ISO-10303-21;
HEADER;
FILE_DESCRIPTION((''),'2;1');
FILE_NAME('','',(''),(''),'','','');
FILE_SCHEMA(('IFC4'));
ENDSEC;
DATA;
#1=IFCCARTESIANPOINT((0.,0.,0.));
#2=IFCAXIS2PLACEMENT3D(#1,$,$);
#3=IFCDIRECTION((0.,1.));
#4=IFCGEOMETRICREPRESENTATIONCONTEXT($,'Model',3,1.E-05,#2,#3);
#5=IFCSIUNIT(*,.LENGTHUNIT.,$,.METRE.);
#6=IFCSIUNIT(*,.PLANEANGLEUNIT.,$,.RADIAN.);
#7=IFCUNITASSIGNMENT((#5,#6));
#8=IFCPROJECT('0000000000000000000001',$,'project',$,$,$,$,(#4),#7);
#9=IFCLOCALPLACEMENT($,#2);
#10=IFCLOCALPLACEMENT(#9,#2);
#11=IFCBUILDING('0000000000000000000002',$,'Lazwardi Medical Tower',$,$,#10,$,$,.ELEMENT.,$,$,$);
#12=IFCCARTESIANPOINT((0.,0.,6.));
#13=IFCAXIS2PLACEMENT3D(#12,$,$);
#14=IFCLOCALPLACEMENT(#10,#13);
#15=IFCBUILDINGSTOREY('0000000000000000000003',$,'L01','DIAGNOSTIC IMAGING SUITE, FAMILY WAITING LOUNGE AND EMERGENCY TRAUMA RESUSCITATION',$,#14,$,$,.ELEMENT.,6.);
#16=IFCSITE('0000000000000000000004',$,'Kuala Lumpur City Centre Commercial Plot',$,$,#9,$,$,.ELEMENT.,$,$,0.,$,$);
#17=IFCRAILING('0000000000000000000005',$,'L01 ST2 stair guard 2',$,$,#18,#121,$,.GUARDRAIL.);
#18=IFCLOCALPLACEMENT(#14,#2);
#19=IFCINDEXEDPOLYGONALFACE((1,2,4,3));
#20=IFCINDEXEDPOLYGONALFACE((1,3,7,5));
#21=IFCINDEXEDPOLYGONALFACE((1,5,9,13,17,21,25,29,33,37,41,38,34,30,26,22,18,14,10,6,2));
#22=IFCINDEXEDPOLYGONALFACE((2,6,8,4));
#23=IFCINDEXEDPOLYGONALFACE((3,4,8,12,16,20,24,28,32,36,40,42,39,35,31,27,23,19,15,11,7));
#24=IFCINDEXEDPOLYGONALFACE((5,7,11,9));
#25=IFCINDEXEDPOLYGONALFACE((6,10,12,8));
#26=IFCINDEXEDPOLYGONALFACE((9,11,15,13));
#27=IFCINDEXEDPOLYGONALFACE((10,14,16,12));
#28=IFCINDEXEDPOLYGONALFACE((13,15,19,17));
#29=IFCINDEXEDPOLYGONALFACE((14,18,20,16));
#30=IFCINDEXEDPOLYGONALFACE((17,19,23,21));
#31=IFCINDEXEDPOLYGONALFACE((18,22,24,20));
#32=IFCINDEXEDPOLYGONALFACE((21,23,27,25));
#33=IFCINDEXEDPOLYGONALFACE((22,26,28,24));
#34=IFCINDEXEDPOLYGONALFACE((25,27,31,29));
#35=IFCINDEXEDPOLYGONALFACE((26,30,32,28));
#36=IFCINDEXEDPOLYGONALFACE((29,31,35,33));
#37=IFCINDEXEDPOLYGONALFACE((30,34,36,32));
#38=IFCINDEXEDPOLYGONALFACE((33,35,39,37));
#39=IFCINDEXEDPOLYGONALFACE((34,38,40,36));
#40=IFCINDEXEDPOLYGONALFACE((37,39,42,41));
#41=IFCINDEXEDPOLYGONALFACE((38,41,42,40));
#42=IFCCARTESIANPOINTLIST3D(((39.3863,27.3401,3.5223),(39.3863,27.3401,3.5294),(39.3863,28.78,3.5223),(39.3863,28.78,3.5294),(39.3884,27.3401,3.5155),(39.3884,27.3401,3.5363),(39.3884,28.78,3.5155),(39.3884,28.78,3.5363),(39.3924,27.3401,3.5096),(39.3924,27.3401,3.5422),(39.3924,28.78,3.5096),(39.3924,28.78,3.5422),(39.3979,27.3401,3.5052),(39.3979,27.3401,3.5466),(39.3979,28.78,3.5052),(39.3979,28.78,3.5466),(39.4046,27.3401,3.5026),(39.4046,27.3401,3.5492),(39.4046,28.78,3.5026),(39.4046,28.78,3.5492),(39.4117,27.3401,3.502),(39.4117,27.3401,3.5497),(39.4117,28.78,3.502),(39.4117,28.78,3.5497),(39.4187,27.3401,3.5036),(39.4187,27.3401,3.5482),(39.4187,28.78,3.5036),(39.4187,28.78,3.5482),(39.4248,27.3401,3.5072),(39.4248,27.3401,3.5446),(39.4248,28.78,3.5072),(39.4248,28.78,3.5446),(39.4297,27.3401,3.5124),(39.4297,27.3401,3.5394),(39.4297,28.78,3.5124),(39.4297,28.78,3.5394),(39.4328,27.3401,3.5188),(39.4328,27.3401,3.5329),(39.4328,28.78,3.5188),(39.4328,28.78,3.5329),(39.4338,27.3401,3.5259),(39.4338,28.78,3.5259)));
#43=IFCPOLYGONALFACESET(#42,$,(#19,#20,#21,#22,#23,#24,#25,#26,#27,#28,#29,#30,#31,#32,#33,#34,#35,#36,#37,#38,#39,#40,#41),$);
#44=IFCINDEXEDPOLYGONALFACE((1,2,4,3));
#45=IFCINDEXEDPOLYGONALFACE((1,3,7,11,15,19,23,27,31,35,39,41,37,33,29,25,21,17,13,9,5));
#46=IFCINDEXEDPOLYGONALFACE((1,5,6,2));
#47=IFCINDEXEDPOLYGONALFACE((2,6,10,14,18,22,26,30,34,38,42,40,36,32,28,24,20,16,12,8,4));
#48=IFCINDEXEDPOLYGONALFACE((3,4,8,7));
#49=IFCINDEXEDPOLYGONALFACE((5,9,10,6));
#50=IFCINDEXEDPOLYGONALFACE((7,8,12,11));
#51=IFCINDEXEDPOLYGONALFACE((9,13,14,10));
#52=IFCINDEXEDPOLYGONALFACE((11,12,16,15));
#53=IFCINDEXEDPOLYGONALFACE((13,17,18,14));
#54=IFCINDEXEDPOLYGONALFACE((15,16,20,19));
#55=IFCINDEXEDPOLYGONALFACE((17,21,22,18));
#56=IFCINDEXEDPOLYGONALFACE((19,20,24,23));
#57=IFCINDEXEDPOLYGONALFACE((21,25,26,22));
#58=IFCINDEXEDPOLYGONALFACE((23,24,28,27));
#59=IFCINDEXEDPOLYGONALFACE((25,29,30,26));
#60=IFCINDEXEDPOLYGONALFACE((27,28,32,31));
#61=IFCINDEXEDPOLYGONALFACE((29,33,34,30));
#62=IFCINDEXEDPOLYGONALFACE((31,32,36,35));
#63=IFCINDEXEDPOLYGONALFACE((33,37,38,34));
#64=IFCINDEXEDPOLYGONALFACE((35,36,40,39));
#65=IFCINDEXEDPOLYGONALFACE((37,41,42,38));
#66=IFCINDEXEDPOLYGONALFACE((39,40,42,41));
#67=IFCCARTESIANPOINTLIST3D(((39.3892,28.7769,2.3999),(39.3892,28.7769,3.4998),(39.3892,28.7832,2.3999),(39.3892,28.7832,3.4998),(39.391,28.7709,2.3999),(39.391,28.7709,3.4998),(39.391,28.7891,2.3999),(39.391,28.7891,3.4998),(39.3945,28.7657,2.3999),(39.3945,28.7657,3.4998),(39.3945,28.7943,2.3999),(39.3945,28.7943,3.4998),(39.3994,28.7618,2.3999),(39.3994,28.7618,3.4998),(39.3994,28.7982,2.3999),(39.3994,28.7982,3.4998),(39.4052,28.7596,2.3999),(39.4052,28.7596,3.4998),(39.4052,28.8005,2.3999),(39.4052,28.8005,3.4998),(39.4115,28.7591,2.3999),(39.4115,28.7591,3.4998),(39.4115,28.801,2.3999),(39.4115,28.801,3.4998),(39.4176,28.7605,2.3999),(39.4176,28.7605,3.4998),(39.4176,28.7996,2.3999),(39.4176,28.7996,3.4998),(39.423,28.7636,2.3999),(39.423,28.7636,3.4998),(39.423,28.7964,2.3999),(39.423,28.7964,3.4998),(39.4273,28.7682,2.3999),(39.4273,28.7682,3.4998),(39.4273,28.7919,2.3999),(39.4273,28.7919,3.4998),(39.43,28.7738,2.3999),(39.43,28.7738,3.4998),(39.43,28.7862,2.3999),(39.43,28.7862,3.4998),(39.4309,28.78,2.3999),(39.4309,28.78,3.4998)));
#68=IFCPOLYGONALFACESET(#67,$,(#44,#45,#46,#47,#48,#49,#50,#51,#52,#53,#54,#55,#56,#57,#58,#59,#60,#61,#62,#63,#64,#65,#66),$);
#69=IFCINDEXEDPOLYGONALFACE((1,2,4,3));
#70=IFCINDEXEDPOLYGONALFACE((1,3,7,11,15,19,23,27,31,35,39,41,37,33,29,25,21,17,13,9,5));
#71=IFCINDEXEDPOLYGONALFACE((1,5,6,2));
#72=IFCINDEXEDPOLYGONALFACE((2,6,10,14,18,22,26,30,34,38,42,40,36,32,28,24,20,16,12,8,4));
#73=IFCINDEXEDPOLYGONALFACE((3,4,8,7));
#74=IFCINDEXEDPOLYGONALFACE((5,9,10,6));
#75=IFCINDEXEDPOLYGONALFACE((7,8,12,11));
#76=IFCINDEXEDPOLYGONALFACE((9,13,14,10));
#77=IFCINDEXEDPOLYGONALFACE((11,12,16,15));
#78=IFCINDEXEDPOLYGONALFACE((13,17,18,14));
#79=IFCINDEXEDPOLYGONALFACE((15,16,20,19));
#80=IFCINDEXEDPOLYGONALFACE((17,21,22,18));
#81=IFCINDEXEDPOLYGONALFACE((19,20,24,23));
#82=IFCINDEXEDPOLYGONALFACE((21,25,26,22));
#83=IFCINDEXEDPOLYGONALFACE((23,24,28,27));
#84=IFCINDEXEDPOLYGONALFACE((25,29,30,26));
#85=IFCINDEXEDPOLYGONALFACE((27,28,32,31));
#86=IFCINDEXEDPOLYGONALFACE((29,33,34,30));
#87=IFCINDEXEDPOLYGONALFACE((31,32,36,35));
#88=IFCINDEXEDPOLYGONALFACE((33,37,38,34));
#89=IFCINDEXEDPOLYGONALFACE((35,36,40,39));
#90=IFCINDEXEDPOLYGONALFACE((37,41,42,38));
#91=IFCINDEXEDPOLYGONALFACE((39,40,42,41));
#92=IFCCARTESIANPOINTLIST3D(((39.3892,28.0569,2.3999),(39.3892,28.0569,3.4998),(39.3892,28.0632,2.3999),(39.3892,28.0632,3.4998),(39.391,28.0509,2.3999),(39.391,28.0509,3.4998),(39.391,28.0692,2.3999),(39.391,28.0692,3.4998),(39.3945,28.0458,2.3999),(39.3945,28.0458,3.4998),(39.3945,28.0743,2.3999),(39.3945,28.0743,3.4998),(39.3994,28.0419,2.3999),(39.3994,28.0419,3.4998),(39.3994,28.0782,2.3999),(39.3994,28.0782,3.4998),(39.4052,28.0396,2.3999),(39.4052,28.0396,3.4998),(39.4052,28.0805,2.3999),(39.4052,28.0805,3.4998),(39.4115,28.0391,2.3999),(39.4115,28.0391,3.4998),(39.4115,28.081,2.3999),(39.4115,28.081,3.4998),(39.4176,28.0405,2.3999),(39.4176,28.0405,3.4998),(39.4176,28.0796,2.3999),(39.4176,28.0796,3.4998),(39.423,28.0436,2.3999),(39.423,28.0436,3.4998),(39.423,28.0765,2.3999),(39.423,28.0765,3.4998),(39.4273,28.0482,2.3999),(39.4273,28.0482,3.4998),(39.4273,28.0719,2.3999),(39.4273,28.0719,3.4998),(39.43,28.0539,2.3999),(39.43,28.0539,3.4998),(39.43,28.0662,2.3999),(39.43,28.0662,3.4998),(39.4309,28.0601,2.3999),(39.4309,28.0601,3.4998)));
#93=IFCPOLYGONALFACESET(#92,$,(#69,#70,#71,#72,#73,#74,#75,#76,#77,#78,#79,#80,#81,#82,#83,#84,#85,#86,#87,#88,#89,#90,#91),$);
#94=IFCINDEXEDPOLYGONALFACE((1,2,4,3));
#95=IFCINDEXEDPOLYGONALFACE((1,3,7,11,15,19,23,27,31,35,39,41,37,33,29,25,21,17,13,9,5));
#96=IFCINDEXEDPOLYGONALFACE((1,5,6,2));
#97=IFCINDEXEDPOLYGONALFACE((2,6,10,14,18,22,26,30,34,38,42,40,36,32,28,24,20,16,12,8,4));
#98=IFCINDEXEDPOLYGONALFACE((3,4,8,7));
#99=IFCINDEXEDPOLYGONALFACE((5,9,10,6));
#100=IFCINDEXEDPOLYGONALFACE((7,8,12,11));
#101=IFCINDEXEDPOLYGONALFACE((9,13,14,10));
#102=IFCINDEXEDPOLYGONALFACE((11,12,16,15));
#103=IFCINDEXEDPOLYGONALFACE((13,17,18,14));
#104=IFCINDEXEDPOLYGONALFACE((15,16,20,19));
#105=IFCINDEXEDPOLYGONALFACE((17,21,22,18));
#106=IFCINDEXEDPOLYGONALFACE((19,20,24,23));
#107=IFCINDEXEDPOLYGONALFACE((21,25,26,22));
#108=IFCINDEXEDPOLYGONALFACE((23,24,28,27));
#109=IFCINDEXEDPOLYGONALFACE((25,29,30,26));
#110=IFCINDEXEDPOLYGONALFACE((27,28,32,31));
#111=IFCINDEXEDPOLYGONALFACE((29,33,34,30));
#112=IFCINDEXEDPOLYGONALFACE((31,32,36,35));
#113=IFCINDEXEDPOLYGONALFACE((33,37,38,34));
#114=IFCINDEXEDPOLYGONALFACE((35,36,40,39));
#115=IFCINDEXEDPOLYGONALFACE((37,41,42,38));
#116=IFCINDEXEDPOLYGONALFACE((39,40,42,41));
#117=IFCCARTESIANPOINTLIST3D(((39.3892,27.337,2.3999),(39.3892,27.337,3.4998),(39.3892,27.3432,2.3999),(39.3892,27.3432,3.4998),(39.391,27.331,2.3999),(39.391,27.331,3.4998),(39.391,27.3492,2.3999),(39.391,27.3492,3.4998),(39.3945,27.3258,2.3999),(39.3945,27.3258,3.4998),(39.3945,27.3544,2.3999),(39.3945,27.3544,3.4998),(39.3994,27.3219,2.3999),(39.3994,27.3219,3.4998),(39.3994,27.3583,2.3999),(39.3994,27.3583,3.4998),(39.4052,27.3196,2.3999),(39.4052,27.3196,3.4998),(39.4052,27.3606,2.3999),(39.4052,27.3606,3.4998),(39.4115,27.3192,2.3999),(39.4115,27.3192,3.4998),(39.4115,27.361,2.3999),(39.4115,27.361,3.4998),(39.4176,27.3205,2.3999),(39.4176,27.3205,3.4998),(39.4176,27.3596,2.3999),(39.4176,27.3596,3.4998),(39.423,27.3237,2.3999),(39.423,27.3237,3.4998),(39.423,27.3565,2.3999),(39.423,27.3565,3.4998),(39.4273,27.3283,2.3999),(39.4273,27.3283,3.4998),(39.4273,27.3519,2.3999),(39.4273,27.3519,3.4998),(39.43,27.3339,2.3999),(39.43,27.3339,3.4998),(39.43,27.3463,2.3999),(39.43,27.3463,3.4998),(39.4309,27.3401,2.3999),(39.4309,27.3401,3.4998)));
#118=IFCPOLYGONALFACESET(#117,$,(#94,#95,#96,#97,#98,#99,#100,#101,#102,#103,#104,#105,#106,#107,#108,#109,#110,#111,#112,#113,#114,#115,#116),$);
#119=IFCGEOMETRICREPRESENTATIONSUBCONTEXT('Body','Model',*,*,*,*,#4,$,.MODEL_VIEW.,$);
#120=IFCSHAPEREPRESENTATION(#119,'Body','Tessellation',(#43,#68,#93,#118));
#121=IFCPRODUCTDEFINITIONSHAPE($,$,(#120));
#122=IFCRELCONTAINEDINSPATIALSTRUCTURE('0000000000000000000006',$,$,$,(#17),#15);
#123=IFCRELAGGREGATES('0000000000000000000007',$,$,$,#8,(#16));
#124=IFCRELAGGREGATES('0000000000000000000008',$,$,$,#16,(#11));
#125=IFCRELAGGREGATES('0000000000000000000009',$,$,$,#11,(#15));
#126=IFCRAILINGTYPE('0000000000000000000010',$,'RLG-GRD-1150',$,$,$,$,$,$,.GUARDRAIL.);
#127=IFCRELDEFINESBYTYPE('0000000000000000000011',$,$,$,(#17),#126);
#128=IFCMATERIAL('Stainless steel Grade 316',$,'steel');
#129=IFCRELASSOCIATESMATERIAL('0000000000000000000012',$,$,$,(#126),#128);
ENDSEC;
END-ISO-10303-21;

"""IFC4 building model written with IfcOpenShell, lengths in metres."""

from ifc_helpers import new_model, si_unit, direction, frame, origin, origin_2d, place, context, subcontext, project, spatial, circle, extrude, material, type_object, element, save


model = new_model("IFC4")

# Units and contexts
model_context = context("Model", 3, precision=1e-05, world=origin(), true_north=direction((0.0, 1.0)))
body_context = subcontext(model_context, "Body", "Model", "MODEL_VIEW")
ifc_project = project(units=[si_unit("LENGTHUNIT", "METRE"), si_unit("PLANEANGLEUNIT", "RADIAN")], contexts=[model_context])

# Site, building, storey
site_placement = place(None, origin())
site = spatial("IfcSite", under=ifc_project, at=site_placement, Name="Kuala Lumpur City Centre Commercial Plot", CompositionType="ELEMENT", RefElevation=0.0)
building_placement = place(site_placement, origin())
building = spatial("IfcBuilding", under=site, at=building_placement, Name="Lazwardi Medical Tower", CompositionType="ELEMENT")
storey_placement = place(building_placement, frame((0.0, 0.0, 6.0)))
storey = spatial("IfcBuildingStorey", under=building, at=storey_placement, Name="L01", Description="DIAGNOSTIC IMAGING SUITE, FAMILY WAITING LOUNGE AND EMERGENCY TRAUMA RESUSCITATION", CompositionType="ELEMENT", Elevation=6.0)

# Railing
ifc_material_1 = material(Name="Stainless steel Grade 316", Category="steel")
railing_type_1 = type_object("IfcRailingType", Name="RLG-GRD-1150", PredefinedType="GUARDRAIL", material=ifc_material_1)
railing_1_placement = place(storey_placement, frame((39.4099, 28.78, 2.3999)))
element("IfcRailing", 1, at=railing_1_placement, inside=storey, type_object=railing_type_1, Name="L01 ST2 stair guard 2", PredefinedType="GUARDRAIL", context=body_context, shape_type="SweptSolid", body=[
    extrude(circle(Radius=0.0239, at=origin_2d()), frame((0.0, 0.0, 1.126), z_axis=(0.0, -1.0, 0.0), x_axis=(1.0, 0.0, 0.0)), (0.0, 0.0, 1.0), 1.4399),
    extrude(circle(Radius=0.021, at=origin_2d()), origin(), (0.0, 0.0, 1.0), 1.0999),
    extrude(circle(Radius=0.021, at=origin_2d()), frame((0.0, -0.72, 0.0)), (0.0, 0.0, 1.0), 1.0999),
    extrude(circle(Radius=0.021, at=origin_2d()), frame((0.0, -1.4399, 0.0)), (0.0, 0.0, 1.0), 1.0999),
])

save(model, "model.ifc")
